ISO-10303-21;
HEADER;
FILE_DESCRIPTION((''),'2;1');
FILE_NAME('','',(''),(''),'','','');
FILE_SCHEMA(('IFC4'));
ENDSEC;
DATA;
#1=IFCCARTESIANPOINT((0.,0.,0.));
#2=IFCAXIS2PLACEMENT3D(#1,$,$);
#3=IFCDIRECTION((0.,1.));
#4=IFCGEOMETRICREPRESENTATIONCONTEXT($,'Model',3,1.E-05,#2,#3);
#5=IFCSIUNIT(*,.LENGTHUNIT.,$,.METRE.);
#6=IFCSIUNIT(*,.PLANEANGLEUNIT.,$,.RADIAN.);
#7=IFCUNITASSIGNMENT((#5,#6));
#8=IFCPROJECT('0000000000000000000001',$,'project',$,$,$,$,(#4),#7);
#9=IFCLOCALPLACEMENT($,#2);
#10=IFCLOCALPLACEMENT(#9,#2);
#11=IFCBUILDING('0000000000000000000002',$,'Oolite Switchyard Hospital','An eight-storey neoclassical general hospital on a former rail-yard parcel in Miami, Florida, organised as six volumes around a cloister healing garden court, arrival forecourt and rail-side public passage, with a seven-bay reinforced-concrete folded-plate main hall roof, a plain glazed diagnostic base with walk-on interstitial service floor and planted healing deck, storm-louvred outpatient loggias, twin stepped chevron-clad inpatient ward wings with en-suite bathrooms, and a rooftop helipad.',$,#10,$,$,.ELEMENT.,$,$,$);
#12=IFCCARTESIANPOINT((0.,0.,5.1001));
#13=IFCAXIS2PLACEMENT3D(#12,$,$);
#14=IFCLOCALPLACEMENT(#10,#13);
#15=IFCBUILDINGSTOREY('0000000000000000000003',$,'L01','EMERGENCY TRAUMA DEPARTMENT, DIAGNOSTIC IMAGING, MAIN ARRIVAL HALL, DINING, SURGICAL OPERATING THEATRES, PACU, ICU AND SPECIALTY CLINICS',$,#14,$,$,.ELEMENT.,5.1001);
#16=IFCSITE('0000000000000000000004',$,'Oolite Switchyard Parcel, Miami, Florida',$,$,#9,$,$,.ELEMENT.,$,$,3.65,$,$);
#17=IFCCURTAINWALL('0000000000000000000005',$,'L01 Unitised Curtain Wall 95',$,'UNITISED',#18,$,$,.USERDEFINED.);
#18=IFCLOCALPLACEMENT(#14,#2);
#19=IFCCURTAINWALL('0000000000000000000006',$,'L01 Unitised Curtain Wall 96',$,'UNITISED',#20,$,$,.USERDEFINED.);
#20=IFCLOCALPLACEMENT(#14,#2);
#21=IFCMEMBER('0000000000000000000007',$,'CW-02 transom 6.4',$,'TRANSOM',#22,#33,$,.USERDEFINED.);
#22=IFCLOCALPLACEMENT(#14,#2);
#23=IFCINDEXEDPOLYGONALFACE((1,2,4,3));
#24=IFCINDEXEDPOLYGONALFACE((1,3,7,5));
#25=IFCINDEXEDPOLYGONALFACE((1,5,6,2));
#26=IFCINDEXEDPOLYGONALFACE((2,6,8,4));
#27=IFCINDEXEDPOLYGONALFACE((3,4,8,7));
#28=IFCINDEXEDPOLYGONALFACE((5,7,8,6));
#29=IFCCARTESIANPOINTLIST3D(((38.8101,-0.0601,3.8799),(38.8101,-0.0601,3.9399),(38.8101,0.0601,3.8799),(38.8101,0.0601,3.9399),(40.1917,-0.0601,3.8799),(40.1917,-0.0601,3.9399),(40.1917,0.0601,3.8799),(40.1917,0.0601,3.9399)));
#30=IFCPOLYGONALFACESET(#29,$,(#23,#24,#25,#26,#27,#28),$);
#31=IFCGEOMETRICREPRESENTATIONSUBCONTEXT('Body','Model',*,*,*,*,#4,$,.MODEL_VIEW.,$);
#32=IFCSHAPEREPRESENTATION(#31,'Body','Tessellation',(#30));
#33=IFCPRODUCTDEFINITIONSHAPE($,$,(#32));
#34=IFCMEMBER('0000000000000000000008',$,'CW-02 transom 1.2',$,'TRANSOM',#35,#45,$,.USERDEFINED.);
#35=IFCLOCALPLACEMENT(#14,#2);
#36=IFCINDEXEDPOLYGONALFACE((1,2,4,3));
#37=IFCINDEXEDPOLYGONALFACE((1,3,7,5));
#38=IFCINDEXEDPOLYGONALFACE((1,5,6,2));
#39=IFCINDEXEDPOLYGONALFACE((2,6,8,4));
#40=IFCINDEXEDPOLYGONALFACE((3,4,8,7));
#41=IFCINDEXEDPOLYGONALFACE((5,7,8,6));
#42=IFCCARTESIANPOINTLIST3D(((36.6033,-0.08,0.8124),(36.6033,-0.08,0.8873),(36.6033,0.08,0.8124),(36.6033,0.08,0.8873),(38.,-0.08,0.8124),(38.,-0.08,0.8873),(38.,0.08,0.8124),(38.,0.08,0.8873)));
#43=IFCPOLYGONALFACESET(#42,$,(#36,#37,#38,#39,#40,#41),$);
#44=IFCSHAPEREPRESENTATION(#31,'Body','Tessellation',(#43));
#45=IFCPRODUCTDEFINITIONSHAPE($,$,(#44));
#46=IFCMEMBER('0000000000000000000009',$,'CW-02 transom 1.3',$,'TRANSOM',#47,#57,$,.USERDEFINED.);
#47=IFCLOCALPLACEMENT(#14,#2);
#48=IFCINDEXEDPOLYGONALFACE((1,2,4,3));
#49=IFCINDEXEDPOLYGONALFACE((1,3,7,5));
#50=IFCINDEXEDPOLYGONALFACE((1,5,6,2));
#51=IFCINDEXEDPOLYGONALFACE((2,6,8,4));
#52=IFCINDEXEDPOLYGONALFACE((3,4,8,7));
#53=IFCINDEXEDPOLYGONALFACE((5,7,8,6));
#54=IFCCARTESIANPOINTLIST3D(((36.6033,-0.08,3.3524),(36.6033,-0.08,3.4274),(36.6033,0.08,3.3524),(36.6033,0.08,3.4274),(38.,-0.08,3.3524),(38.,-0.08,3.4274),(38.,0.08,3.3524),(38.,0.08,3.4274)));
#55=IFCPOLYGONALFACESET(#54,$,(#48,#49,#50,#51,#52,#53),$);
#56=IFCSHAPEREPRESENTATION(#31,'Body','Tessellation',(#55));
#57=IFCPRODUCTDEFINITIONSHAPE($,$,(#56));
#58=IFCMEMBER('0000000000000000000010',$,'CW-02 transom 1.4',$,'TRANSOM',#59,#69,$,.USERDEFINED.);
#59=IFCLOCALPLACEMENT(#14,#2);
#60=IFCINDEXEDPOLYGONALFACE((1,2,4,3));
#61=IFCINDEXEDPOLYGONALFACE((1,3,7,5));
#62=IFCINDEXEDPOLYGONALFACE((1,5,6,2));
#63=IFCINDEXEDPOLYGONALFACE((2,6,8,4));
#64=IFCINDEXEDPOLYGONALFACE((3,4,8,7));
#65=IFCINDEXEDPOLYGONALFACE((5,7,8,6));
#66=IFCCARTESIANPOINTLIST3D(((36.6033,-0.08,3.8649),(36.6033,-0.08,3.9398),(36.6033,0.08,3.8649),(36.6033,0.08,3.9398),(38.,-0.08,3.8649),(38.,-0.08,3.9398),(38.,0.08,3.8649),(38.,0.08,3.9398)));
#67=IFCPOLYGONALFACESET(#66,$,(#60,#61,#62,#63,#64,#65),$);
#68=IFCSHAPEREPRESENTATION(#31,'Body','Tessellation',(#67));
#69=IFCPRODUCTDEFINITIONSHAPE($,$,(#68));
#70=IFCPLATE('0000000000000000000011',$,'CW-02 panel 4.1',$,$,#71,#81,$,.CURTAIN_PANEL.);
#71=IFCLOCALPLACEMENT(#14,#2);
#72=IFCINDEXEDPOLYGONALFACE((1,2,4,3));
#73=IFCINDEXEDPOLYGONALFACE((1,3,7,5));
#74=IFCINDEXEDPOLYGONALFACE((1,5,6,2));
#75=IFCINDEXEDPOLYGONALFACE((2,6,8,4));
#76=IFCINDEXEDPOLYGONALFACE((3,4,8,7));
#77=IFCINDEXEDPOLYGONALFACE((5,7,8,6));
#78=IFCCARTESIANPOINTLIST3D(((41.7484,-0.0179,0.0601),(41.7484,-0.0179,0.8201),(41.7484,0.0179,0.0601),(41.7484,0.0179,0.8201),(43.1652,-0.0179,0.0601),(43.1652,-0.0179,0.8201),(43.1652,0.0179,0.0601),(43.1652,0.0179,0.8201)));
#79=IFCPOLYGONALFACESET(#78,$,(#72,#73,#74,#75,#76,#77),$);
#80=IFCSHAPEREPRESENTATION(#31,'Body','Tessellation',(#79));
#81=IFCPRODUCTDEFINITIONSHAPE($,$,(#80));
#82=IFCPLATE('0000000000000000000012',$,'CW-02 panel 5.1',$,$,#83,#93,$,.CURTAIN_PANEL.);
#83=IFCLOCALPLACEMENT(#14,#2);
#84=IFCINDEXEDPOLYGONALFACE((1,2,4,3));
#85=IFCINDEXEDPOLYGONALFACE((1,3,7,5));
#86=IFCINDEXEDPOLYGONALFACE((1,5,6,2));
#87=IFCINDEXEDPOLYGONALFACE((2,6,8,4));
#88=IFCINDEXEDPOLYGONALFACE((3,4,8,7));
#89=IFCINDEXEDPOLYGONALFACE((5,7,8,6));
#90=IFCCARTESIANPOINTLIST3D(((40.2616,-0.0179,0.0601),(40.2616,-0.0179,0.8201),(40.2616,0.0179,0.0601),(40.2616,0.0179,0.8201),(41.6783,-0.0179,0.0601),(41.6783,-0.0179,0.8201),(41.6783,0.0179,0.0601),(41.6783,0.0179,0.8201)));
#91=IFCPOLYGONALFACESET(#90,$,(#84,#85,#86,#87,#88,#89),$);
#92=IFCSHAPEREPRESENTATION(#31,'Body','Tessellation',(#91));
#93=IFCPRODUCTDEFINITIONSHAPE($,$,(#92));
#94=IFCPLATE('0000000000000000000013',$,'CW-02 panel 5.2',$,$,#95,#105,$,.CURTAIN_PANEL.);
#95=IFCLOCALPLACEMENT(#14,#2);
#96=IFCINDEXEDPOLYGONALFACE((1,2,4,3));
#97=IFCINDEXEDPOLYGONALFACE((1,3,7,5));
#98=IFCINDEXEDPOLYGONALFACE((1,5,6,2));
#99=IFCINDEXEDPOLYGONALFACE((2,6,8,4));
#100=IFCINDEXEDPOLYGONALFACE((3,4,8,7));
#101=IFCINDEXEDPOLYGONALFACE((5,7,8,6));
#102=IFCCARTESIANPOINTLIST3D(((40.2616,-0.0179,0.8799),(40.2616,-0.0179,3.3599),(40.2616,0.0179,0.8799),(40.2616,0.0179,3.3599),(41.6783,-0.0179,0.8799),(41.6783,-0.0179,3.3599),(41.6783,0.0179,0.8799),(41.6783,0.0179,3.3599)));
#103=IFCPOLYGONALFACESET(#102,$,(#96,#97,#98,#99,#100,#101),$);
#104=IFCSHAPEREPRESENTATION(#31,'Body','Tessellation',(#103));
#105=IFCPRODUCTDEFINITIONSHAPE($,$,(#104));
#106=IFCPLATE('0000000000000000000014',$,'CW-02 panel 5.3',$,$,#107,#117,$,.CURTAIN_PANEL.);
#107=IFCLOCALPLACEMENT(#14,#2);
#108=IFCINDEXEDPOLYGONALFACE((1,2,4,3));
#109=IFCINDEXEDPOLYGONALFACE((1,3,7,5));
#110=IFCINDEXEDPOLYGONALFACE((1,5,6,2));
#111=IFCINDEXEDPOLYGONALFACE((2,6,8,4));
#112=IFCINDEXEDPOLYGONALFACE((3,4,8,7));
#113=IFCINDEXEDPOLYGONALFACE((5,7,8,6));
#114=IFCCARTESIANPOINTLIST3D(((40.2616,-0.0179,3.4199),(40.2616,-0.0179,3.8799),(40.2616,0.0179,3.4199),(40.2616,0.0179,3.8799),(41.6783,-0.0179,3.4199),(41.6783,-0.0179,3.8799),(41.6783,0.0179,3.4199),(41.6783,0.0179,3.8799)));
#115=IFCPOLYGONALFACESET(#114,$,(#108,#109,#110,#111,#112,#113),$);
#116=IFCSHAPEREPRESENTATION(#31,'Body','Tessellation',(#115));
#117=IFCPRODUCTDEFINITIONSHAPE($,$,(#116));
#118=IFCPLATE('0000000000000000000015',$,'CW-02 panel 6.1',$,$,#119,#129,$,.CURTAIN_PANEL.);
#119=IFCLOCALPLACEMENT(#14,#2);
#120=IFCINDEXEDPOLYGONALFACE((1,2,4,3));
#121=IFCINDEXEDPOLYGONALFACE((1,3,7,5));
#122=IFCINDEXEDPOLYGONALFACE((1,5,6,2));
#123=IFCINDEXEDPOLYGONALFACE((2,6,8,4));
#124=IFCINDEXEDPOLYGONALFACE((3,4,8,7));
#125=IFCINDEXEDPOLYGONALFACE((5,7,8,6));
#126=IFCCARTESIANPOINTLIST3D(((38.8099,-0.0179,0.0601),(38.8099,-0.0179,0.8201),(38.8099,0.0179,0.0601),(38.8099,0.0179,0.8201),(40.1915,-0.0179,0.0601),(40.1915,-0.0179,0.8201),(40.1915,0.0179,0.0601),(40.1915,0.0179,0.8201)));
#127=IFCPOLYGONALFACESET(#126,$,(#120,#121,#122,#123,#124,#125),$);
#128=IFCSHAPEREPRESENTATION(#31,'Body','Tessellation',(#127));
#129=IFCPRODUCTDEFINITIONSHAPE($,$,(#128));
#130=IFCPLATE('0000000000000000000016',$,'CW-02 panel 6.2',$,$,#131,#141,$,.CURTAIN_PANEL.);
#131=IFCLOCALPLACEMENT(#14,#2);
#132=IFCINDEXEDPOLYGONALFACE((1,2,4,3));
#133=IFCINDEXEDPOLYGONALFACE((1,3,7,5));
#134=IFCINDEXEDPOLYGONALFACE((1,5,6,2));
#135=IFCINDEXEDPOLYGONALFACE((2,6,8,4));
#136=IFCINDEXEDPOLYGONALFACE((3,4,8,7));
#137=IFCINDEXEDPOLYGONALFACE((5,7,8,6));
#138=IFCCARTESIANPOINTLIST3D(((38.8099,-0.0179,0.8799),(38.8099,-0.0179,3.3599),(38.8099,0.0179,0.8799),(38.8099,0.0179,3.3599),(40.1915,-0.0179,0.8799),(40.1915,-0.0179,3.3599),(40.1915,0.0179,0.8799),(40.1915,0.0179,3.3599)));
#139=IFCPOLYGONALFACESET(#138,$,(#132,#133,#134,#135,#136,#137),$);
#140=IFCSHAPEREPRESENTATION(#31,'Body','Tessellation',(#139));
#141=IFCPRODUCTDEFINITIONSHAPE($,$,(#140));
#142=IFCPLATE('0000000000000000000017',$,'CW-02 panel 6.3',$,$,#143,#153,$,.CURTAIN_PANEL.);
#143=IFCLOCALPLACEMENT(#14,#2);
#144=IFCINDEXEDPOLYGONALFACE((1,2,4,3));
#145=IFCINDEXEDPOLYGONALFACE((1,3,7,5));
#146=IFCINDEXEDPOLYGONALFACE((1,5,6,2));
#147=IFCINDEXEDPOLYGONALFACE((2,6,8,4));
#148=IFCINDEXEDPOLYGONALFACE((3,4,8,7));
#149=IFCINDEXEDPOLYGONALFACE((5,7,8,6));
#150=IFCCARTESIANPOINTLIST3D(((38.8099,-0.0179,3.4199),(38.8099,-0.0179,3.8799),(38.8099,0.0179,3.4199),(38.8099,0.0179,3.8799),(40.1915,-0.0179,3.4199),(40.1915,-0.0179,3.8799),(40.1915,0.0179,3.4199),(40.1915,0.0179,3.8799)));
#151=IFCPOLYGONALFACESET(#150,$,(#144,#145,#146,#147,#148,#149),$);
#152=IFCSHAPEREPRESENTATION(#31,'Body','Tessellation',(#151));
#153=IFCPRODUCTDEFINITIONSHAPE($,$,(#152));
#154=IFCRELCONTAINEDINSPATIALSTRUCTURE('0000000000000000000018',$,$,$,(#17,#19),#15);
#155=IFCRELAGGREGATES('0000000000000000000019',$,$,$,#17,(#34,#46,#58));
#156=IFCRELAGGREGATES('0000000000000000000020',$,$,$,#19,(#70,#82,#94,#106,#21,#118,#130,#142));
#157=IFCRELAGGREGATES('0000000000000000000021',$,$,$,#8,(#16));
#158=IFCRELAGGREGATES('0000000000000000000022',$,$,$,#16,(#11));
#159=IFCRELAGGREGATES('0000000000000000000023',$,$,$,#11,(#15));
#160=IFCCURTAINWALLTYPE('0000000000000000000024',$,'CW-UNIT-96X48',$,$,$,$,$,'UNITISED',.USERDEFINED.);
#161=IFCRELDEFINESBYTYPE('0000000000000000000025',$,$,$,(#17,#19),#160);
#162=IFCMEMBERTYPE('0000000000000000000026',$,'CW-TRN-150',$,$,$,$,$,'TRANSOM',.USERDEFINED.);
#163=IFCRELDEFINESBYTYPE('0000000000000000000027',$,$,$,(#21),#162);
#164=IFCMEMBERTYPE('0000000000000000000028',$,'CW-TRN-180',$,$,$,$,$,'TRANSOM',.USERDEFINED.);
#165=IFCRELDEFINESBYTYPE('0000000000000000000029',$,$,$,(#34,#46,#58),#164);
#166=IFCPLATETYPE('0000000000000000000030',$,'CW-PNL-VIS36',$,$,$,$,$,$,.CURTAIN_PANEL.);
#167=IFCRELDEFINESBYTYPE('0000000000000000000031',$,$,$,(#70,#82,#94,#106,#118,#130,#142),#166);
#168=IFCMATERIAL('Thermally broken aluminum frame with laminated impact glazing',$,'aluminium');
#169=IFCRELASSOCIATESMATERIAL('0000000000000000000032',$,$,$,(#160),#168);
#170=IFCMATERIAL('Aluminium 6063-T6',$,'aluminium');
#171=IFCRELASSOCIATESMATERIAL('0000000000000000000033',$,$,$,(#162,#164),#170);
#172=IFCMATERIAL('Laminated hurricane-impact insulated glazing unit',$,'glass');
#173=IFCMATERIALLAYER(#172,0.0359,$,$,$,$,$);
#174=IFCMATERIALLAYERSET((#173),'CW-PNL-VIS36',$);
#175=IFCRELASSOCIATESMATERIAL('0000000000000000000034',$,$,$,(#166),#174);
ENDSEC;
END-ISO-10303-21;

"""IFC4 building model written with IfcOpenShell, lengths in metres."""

from ifc_helpers import new_model, si_unit, direction, frame, origin, origin_2d, place, context, subcontext, project, spatial, rectangle, extrude, material, layer, layer_set, material_profile, profile_set, type_object, element, aggregate, save


model = new_model("IFC4")

# Units and contexts
model_context = context("Model", 3, precision=1e-05, world=origin(), true_north=direction((0.0, 1.0)))
body_context = subcontext(model_context, "Body", "Model", "MODEL_VIEW")
ifc_project = project(units=[si_unit("LENGTHUNIT", "METRE"), si_unit("PLANEANGLEUNIT", "RADIAN")], contexts=[model_context])

# Site, building, storey
site_placement = place(None, origin())
site = spatial("IfcSite", under=ifc_project, at=site_placement, Name="Oolite Switchyard Parcel, Miami, Florida", CompositionType="ELEMENT", RefElevation=3.65)
building_placement = place(site_placement, origin())
building = spatial("IfcBuilding", under=site, at=building_placement, Name="Oolite Switchyard Hospital", Description="An eight-storey neoclassical general hospital on a former rail-yard parcel in Miami, Florida, organised as six volumes around a cloister healing garden court, arrival forecourt and rail-side public passage, with a seven-bay reinforced-concrete folded-plate main hall roof, a plain glazed diagnostic base with walk-on interstitial service floor and planted healing deck, storm-louvred outpatient loggias, twin stepped chevron-clad inpatient ward wings with en-suite bathrooms, and a rooftop helipad.", CompositionType="ELEMENT")
storey_placement = place(building_placement, frame((0.0, 0.0, 5.1001)))
storey = spatial("IfcBuildingStorey", under=building, at=storey_placement, Name="L01", Description="EMERGENCY TRAUMA DEPARTMENT, DIAGNOSTIC IMAGING, MAIN ARRIVAL HALL, DINING, SURGICAL OPERATING THEATRES, PACU, ICU AND SPECIALTY CLINICS", CompositionType="ELEMENT", Elevation=5.1001)

# Curtain wall
ifc_material_1 = material(Name="Thermally broken aluminum frame with laminated impact glazing", Category="aluminium")
curtain_wall_type = type_object("IfcCurtainWallType", Name="CW-UNIT-96X48", ElementType="UNITISED", PredefinedType="USERDEFINED", material=ifc_material_1)
curtain_wall_1_placement = place(storey_placement, origin())
curtain_wall_1 = element("IfcCurtainWall", 1, at=curtain_wall_1_placement, inside=storey, type_object=curtain_wall_type, Name="L01 Unitised Curtain Wall 95", ObjectType="UNITISED", PredefinedType="USERDEFINED")
ifc_material_2 = material(Name="Aluminium 6063-T6", Category="aluminium")

# Curtain wall, member
curtain_wall_2_placement = place(storey_placement, origin())
curtain_wall_2 = element("IfcCurtainWall", 2, at=curtain_wall_2_placement, inside=storey, type_object=curtain_wall_type, Name="L01 Unitised Curtain Wall 96", ObjectType="UNITISED", PredefinedType="USERDEFINED")
ifc_material_profile_1 = material_profile(ifc_material_2, rectangle(XDim=0.1201, YDim=0.0601, at=origin_2d()), Name="CWT60X120")
ifc_profile_set_1 = profile_set([ifc_material_profile_1], Name="Aluminium 6063-T6")
member_type_1 = type_object("IfcMemberType", Name="CW-TRN-150", ElementType="TRANSOM", PredefinedType="USERDEFINED", material=ifc_profile_set_1)
member_1_placement = place(storey_placement, frame((40.1917, 0.0, 3.9099), z_axis=(-1.0, 0.0, 0.0), x_axis=(0.0, -1.0, 0.0)))
member_1 = element("IfcMember", 3, at=member_1_placement, type_object=member_type_1, Name="CW-02 transom 6.4", ObjectType="TRANSOM", PredefinedType="USERDEFINED", context=body_context, shape_type="SweptSolid", body=[
    extrude(rectangle(XDim=0.1201, YDim=0.0601, at=origin_2d()), origin(), (0.0, 0.0, 1.0), 1.3816),
])

# Members
ifc_material_profile_2 = material_profile(ifc_material_2, rectangle(XDim=0.1599, YDim=0.075, at=origin_2d()), Name="CWT75X160")
ifc_profile_set_2 = profile_set([ifc_material_profile_2], Name="Aluminium 6063-T6")
member_type_2 = type_object("IfcMemberType", Name="CW-TRN-180", ElementType="TRANSOM", PredefinedType="USERDEFINED", material=ifc_profile_set_2)
member_2_placement = place(storey_placement, frame((38.0, 0.0, 0.8499), z_axis=(-1.0, 0.0, 0.0), x_axis=(0.0, -1.0, 0.0)))
member_2 = element("IfcMember", 4, at=member_2_placement, type_object=member_type_2, Name="CW-02 transom 1.2", ObjectType="TRANSOM", PredefinedType="USERDEFINED", context=body_context, shape_type="SweptSolid", body=[
    extrude(rectangle(XDim=0.1599, YDim=0.075, at=origin_2d()), origin(), (0.0, 0.0, 1.0), 1.3967),
])
member_3_placement = place(storey_placement, frame((38.0, 0.0, 3.3899), z_axis=(-1.0, 0.0, 0.0), x_axis=(0.0, -1.0, 0.0)))
member_3 = element("IfcMember", 5, at=member_3_placement, type_object=member_type_2, Name="CW-02 transom 1.3", ObjectType="TRANSOM", PredefinedType="USERDEFINED", context=body_context, shape_type="SweptSolid", body=[
    extrude(rectangle(XDim=0.1599, YDim=0.075, at=origin_2d()), origin(), (0.0, 0.0, 1.0), 1.3967),
])
member_4_placement = place(storey_placement, frame((38.0, 0.0, 3.9023), z_axis=(-1.0, 0.0, 0.0), x_axis=(0.0, -1.0, 0.0)))
member_4 = element("IfcMember", 6, at=member_4_placement, type_object=member_type_2, Name="CW-02 transom 1.4", ObjectType="TRANSOM", PredefinedType="USERDEFINED", context=body_context, shape_type="SweptSolid", body=[
    extrude(rectangle(XDim=0.1599, YDim=0.075, at=origin_2d()), origin(), (0.0, 0.0, 1.0), 1.3967),
])
aggregate(curtain_wall_1, [member_2, member_3, member_4])

# Plates
ifc_material_3 = material(Name="Laminated hurricane-impact insulated glazing unit", Category="glass")
ifc_layer = layer(ifc_material_3, 0.0359)
ifc_layer_set = layer_set([ifc_layer], Name="CW-PNL-VIS36")
plate_type = type_object("IfcPlateType", Name="CW-PNL-VIS36", PredefinedType="CURTAIN_PANEL", material=ifc_layer_set)
plate_1_placement = place(storey_placement, frame((42.4568, 0.0, 0.0601), z_axis=(0.0, 0.0, 1.0), x_axis=(-1.0, 0.0, 0.0)))
plate_1 = element("IfcPlate", 7, at=plate_1_placement, type_object=plate_type, Name="CW-02 panel 4.1", PredefinedType="CURTAIN_PANEL", context=body_context, shape_type="SweptSolid", body=[
    extrude(rectangle(XDim=1.4167, YDim=0.0359, at=origin_2d()), origin(), (0.0, 0.0, 1.0), 0.76),
])
plate_2_placement = place(storey_placement, frame((40.97, 0.0, 0.0601), z_axis=(0.0, 0.0, 1.0), x_axis=(-1.0, 0.0, 0.0)))
plate_2 = element("IfcPlate", 8, at=plate_2_placement, type_object=plate_type, Name="CW-02 panel 5.1", PredefinedType="CURTAIN_PANEL", context=body_context, shape_type="SweptSolid", body=[
    extrude(rectangle(XDim=1.4167, YDim=0.0359, at=origin_2d()), origin(), (0.0, 0.0, 1.0), 0.76),
])
plate_3_placement = place(storey_placement, frame((40.97, 0.0, 0.8799), z_axis=(0.0, 0.0, 1.0), x_axis=(-1.0, 0.0, 0.0)))
plate_3 = element("IfcPlate", 9, at=plate_3_placement, type_object=plate_type, Name="CW-02 panel 5.2", PredefinedType="CURTAIN_PANEL", context=body_context, shape_type="SweptSolid", body=[
    extrude(rectangle(XDim=1.4167, YDim=0.0359, at=origin_2d()), origin(), (0.0, 0.0, 1.0), 2.48),
])
plate_4_placement = place(storey_placement, frame((40.97, 0.0, 3.4199), z_axis=(0.0, 0.0, 1.0), x_axis=(-1.0, 0.0, 0.0)))
plate_4 = element("IfcPlate", 10, at=plate_4_placement, type_object=plate_type, Name="CW-02 panel 5.3", PredefinedType="CURTAIN_PANEL", context=body_context, shape_type="SweptSolid", body=[
    extrude(rectangle(XDim=1.4167, YDim=0.0359, at=origin_2d()), origin(), (0.0, 0.0, 1.0), 0.46),
])
plate_5_placement = place(storey_placement, frame((39.5007, 0.0, 0.0601), z_axis=(0.0, 0.0, 1.0), x_axis=(-1.0, 0.0, 0.0)))
plate_5 = element("IfcPlate", 11, at=plate_5_placement, type_object=plate_type, Name="CW-02 panel 6.1", PredefinedType="CURTAIN_PANEL", context=body_context, shape_type="SweptSolid", body=[
    extrude(rectangle(XDim=1.3816, YDim=0.0359, at=origin_2d()), origin(), (0.0, 0.0, 1.0), 0.76),
])
plate_6_placement = place(storey_placement, frame((39.5007, 0.0, 0.8799), z_axis=(0.0, 0.0, 1.0), x_axis=(-1.0, 0.0, 0.0)))
plate_6 = element("IfcPlate", 12, at=plate_6_placement, type_object=plate_type, Name="CW-02 panel 6.2", PredefinedType="CURTAIN_PANEL", context=body_context, shape_type="SweptSolid", body=[
    extrude(rectangle(XDim=1.3816, YDim=0.0359, at=origin_2d()), origin(), (0.0, 0.0, 1.0), 2.48),
])
plate_7_placement = place(storey_placement, frame((39.5007, 0.0, 3.4199), z_axis=(0.0, 0.0, 1.0), x_axis=(-1.0, 0.0, 0.0)))
plate_7 = element("IfcPlate", 13, at=plate_7_placement, type_object=plate_type, Name="CW-02 panel 6.3", PredefinedType="CURTAIN_PANEL", context=body_context, shape_type="SweptSolid", body=[
    extrude(rectangle(XDim=1.3816, YDim=0.0359, at=origin_2d()), origin(), (0.0, 0.0, 1.0), 0.46),
])
aggregate(curtain_wall_2, [plate_1, plate_2, plate_3, plate_4, member_1, plate_5, plate_6, plate_7])

save(model, "model.ifc")
